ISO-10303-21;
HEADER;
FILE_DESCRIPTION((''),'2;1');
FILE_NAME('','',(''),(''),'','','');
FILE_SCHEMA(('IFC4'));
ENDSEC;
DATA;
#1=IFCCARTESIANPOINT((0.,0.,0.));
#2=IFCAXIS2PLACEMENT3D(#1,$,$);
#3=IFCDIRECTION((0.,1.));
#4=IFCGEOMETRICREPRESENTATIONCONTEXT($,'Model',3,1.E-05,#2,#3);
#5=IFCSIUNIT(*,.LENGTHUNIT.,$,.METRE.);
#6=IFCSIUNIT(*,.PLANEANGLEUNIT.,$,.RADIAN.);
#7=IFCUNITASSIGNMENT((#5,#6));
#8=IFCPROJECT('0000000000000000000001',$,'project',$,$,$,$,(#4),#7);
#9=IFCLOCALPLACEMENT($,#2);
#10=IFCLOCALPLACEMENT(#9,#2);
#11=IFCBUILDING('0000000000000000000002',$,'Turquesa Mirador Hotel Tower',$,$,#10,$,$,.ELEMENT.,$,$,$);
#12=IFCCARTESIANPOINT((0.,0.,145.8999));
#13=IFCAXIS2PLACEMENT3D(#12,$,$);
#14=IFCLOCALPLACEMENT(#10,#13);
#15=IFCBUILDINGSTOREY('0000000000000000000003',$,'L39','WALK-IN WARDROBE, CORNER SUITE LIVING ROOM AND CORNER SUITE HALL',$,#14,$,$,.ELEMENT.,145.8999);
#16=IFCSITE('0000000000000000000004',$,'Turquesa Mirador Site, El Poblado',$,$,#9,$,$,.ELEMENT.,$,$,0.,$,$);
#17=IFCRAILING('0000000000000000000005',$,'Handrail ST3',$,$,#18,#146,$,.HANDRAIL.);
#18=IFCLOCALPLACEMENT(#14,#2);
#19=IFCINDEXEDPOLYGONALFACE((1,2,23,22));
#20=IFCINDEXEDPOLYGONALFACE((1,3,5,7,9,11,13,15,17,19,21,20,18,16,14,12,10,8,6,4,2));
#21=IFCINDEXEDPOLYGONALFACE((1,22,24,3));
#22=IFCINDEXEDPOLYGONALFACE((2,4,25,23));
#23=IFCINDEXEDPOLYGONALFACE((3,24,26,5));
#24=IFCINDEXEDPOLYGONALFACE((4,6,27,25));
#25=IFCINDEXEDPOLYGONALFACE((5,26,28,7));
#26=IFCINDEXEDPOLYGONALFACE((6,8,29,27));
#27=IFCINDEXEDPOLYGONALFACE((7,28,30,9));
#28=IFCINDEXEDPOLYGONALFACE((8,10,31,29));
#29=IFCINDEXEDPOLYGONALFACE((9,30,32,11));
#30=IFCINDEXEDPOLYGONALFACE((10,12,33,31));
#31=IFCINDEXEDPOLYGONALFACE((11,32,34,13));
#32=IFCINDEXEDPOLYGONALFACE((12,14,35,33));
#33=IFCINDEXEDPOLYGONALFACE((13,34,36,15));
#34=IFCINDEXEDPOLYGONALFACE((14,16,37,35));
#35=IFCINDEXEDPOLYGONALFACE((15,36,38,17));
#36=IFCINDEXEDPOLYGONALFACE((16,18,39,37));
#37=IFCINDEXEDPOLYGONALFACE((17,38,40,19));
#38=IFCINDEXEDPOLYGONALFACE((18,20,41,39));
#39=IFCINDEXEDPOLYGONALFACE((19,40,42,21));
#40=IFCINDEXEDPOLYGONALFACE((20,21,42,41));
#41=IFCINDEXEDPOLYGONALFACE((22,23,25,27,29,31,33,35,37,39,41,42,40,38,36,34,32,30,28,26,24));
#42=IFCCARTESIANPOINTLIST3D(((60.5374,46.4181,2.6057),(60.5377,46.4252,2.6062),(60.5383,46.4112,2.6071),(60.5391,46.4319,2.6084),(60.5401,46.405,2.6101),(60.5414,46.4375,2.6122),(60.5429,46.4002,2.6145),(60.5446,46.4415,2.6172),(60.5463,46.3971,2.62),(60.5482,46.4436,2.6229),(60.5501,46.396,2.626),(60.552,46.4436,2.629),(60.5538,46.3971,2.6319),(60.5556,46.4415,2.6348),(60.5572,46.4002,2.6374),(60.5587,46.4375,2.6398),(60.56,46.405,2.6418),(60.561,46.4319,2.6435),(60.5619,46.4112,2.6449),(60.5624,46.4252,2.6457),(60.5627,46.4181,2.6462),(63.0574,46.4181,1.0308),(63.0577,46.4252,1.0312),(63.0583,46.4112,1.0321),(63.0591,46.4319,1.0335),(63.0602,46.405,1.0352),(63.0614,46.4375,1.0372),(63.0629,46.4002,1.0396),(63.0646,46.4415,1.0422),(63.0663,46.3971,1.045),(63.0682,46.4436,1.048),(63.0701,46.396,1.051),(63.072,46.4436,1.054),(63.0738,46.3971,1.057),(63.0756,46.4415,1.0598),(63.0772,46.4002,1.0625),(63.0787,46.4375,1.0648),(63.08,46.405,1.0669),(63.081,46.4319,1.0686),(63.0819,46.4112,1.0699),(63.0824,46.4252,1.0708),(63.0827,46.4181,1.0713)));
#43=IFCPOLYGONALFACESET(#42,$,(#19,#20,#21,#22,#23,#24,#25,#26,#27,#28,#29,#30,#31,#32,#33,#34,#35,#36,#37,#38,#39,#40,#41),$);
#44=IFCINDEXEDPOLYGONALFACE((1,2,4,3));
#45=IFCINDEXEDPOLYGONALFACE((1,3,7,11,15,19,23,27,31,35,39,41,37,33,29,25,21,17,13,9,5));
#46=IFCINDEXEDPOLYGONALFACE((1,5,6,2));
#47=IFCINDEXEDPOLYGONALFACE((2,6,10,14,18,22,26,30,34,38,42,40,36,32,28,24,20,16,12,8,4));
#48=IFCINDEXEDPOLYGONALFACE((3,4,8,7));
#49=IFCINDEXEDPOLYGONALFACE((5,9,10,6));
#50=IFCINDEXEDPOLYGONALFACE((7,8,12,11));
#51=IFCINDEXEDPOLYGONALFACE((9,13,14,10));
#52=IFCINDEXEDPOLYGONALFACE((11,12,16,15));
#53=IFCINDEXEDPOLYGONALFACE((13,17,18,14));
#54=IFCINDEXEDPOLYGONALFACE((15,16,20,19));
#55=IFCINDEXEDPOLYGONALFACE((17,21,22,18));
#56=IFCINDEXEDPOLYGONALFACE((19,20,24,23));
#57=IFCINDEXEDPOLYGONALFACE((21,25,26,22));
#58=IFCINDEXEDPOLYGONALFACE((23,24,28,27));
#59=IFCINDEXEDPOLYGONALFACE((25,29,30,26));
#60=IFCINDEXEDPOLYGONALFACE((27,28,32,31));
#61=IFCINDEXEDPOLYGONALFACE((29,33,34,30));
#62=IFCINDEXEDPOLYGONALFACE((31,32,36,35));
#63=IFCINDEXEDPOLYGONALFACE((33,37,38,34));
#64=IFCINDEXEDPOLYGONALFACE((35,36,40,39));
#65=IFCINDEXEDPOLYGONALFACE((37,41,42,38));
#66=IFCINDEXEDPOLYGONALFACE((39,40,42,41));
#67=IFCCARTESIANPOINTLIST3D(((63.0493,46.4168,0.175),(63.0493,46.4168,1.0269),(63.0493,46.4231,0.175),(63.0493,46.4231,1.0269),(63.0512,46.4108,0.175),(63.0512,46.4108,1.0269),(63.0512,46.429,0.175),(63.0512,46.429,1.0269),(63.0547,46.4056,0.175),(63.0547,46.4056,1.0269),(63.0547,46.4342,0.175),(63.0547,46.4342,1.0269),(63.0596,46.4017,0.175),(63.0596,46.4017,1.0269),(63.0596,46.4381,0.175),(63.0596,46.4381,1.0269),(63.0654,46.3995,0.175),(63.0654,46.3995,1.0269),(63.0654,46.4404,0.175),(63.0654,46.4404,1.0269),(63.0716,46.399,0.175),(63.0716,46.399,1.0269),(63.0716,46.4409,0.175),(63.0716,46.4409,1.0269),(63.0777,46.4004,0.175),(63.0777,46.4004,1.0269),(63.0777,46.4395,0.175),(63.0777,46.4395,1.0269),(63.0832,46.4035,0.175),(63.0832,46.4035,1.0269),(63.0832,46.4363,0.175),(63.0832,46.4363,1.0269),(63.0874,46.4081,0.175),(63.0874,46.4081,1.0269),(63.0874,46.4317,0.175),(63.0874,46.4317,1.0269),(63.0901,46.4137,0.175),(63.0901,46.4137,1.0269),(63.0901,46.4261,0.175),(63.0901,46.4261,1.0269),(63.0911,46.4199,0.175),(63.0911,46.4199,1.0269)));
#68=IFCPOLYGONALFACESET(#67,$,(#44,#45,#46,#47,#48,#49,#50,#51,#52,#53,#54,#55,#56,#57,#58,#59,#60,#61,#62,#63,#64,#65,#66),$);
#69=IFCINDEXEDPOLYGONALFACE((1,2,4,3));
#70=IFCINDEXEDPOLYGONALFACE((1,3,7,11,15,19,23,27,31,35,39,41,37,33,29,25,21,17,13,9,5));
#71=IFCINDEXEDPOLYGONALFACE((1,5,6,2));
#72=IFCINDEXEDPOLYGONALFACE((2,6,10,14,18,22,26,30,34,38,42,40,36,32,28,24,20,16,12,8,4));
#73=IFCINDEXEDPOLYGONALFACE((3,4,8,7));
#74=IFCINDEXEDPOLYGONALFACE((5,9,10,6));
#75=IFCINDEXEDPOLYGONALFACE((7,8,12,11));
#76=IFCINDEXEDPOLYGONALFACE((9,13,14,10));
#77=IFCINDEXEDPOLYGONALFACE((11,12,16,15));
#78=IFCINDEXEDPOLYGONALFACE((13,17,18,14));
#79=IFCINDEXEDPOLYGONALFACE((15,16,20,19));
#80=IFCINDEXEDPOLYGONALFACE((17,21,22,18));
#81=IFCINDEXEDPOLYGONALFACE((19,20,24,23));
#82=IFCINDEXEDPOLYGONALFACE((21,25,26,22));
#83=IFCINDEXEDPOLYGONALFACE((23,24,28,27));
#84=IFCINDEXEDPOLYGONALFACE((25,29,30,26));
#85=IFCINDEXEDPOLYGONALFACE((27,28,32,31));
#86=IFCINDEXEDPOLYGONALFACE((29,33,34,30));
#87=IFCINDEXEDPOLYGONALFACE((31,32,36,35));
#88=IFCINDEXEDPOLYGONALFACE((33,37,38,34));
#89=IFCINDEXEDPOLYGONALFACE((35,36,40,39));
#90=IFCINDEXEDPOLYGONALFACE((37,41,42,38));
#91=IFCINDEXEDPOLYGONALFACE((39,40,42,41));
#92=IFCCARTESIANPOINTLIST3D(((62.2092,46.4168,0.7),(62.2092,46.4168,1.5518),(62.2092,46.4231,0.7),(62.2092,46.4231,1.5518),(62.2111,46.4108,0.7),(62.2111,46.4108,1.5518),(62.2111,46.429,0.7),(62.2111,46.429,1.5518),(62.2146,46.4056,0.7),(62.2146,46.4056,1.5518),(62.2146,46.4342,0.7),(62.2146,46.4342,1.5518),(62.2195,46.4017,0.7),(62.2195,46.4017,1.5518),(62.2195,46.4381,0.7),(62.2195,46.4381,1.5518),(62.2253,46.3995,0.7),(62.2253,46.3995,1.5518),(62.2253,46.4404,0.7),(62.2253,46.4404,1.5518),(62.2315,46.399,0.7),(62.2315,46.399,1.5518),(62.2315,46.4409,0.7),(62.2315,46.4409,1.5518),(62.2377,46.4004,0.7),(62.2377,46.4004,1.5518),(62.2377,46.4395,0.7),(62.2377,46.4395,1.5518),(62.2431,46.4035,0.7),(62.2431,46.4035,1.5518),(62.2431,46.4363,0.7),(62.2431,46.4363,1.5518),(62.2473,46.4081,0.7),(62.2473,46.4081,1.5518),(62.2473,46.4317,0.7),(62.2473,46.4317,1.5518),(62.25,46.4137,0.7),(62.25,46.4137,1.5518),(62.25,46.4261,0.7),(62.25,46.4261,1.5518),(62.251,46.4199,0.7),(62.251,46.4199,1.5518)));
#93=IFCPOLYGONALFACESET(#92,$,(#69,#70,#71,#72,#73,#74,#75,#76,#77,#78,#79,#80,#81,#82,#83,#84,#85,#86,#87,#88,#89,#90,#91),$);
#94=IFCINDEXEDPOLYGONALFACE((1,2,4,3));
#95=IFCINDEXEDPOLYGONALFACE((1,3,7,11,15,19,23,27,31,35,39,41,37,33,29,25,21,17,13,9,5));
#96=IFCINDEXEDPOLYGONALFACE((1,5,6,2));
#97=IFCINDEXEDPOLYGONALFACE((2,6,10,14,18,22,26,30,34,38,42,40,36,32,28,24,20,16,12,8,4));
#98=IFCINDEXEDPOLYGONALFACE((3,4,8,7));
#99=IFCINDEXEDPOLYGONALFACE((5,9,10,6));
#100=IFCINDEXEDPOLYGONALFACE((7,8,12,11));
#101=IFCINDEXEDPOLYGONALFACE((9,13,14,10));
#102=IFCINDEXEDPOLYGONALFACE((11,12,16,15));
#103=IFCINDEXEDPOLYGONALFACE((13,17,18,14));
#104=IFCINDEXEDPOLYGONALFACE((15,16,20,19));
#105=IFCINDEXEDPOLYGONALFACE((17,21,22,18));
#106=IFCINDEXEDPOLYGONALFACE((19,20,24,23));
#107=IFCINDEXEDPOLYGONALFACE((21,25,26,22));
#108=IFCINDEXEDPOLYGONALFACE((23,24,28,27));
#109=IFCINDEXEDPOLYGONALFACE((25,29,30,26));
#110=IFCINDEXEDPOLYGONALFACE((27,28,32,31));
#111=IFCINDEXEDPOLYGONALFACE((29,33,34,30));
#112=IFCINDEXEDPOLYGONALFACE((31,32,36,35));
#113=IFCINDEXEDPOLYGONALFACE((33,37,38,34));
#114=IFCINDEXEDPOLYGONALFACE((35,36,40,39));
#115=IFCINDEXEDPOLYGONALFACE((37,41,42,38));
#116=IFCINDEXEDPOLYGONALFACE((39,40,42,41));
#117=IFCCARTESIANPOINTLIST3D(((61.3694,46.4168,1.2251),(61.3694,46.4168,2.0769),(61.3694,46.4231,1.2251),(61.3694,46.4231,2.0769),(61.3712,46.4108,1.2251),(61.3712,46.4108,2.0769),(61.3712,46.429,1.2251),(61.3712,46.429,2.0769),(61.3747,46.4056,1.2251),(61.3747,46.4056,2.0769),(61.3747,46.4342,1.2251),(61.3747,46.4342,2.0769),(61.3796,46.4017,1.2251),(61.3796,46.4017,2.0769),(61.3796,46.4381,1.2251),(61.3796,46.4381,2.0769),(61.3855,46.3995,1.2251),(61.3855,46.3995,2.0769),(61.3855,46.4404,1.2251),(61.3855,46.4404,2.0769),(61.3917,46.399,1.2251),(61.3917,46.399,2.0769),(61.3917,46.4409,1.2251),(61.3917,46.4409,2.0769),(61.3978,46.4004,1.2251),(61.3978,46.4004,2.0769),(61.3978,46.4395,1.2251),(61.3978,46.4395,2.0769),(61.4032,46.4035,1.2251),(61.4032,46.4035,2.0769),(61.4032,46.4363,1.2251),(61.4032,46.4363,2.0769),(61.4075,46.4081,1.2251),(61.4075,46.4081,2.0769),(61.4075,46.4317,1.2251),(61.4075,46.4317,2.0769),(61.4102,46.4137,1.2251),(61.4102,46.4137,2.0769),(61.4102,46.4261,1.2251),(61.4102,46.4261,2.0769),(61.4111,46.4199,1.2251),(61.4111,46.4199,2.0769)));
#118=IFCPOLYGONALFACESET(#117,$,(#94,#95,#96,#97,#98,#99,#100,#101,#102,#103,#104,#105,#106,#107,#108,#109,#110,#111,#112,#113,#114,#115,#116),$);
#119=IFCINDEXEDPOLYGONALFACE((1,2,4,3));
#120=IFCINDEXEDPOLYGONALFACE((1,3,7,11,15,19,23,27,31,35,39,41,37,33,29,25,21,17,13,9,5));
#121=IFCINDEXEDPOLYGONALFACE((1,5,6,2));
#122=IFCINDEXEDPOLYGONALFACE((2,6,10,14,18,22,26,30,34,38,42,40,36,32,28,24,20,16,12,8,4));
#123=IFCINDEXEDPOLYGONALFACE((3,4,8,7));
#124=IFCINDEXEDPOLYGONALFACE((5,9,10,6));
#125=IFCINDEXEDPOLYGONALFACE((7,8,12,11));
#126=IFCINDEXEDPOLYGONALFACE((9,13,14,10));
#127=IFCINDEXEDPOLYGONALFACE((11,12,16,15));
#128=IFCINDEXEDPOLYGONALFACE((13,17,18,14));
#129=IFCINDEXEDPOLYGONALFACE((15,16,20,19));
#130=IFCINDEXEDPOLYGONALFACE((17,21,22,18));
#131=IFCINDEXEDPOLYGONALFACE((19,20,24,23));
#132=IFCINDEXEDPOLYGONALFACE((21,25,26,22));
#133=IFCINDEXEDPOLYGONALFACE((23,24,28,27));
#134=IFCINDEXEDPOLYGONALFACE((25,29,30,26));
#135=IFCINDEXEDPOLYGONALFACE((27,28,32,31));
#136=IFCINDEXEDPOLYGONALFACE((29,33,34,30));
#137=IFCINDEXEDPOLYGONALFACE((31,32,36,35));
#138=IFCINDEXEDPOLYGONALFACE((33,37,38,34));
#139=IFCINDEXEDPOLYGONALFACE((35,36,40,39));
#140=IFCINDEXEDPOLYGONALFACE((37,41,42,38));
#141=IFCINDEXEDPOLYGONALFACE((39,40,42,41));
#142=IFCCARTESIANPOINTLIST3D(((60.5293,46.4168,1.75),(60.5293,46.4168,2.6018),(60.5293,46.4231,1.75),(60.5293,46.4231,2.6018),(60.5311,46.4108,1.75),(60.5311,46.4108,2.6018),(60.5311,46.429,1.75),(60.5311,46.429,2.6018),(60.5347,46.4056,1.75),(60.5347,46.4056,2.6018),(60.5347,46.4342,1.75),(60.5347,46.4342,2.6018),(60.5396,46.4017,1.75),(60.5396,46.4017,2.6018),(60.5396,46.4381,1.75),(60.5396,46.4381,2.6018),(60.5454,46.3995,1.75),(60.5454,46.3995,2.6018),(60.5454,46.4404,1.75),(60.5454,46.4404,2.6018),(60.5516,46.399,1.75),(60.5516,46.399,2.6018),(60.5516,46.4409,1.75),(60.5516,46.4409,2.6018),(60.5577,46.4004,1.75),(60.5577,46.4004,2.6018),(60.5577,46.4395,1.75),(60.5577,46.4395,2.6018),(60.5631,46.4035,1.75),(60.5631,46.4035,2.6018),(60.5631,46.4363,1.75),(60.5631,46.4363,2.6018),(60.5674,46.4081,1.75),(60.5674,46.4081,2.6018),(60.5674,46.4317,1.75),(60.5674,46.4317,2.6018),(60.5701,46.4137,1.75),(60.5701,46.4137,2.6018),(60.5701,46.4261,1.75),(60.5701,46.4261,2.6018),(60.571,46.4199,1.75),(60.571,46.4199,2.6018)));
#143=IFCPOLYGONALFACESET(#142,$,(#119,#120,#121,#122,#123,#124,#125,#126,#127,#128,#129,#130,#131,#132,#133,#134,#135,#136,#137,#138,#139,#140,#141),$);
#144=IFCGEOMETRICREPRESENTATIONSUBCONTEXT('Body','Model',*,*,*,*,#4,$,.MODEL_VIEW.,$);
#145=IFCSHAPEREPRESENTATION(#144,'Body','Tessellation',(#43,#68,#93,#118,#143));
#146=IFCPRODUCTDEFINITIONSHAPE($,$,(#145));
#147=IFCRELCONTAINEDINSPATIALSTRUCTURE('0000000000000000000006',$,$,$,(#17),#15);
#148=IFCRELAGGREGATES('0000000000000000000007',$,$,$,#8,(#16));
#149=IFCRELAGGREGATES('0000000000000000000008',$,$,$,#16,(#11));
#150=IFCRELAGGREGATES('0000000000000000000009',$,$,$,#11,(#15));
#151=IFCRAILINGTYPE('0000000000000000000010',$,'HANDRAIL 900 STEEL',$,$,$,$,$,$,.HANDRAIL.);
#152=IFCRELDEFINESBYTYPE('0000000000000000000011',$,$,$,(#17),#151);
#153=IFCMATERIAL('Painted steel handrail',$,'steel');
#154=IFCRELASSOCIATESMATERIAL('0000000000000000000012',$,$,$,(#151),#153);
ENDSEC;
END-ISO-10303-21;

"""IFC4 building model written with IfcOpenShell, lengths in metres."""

from ifc_helpers import new_model, si_unit, direction, frame, origin, origin_2d, place, context, subcontext, project, spatial, circle, extrude, material, type_object, element, save


model = new_model("IFC4")

# Units and contexts
model_context = context("Model", 3, precision=1e-05, world=origin(), true_north=direction((0.0, 1.0)))
body_context = subcontext(model_context, "Body", "Model", "MODEL_VIEW")
ifc_project = project(units=[si_unit("LENGTHUNIT", "METRE"), si_unit("PLANEANGLEUNIT", "RADIAN")], contexts=[model_context])

# Site, building, storey
site_placement = place(None, origin())
site = spatial("IfcSite", under=ifc_project, at=site_placement, Name="Turquesa Mirador Site, El Poblado", CompositionType="ELEMENT", RefElevation=0.0)
building_placement = place(site_placement, origin())
building = spatial("IfcBuilding", under=site, at=building_placement, Name="Turquesa Mirador Hotel Tower", CompositionType="ELEMENT")
storey_placement = place(building_placement, frame((0.0, 0.0, 145.8999)))
storey = spatial("IfcBuildingStorey", under=building, at=storey_placement, Name="L39", Description="WALK-IN WARDROBE, CORNER SUITE LIVING ROOM AND CORNER SUITE HALL", CompositionType="ELEMENT", Elevation=145.8999)

# Railing
ifc_material_1 = material(Name="Painted steel handrail", Category="steel")
railing_type = type_object("IfcRailingType", Name="HANDRAIL 900 STEEL", PredefinedType="HANDRAIL", material=ifc_material_1)
for number, where, name in (
    (1, (63.0701, 46.4199, 0.175), "Handrail ST3"),
):
    element("IfcRailing", number, at=place(storey_placement, frame(where)), inside=storey, type_object=railing_type, Name=name, PredefinedType="HANDRAIL", context=body_context, shape_type="SweptSolid", body=[
        extrude(circle(Radius=0.0239, at=origin_2d()), frame((0.0, 0.0, 0.876), z_axis=(-0.848008, 0.0, 0.529984), x_axis=(0.0, -1.0, 0.0)), (0.0, 0.0, 1.0), 2.9717),
        extrude(circle(Radius=0.021, at=origin_2d()), origin(), (0.0, 0.0, 1.0), 0.8518),
        extrude(circle(Radius=0.021, at=origin_2d()), frame((-0.8401, 0.0, 0.5249)), (0.0, 0.0, 1.0), 0.8518),
        extrude(circle(Radius=0.021, at=origin_2d()), frame((-1.6799, 0.0, 1.05)), (0.0, 0.0, 1.0), 0.8518),
        extrude(circle(Radius=0.021, at=origin_2d()), frame((-2.52, 0.0, 1.575)), (0.0, 0.0, 1.0), 0.8518),
    ])

save(model, "model.ifc")
